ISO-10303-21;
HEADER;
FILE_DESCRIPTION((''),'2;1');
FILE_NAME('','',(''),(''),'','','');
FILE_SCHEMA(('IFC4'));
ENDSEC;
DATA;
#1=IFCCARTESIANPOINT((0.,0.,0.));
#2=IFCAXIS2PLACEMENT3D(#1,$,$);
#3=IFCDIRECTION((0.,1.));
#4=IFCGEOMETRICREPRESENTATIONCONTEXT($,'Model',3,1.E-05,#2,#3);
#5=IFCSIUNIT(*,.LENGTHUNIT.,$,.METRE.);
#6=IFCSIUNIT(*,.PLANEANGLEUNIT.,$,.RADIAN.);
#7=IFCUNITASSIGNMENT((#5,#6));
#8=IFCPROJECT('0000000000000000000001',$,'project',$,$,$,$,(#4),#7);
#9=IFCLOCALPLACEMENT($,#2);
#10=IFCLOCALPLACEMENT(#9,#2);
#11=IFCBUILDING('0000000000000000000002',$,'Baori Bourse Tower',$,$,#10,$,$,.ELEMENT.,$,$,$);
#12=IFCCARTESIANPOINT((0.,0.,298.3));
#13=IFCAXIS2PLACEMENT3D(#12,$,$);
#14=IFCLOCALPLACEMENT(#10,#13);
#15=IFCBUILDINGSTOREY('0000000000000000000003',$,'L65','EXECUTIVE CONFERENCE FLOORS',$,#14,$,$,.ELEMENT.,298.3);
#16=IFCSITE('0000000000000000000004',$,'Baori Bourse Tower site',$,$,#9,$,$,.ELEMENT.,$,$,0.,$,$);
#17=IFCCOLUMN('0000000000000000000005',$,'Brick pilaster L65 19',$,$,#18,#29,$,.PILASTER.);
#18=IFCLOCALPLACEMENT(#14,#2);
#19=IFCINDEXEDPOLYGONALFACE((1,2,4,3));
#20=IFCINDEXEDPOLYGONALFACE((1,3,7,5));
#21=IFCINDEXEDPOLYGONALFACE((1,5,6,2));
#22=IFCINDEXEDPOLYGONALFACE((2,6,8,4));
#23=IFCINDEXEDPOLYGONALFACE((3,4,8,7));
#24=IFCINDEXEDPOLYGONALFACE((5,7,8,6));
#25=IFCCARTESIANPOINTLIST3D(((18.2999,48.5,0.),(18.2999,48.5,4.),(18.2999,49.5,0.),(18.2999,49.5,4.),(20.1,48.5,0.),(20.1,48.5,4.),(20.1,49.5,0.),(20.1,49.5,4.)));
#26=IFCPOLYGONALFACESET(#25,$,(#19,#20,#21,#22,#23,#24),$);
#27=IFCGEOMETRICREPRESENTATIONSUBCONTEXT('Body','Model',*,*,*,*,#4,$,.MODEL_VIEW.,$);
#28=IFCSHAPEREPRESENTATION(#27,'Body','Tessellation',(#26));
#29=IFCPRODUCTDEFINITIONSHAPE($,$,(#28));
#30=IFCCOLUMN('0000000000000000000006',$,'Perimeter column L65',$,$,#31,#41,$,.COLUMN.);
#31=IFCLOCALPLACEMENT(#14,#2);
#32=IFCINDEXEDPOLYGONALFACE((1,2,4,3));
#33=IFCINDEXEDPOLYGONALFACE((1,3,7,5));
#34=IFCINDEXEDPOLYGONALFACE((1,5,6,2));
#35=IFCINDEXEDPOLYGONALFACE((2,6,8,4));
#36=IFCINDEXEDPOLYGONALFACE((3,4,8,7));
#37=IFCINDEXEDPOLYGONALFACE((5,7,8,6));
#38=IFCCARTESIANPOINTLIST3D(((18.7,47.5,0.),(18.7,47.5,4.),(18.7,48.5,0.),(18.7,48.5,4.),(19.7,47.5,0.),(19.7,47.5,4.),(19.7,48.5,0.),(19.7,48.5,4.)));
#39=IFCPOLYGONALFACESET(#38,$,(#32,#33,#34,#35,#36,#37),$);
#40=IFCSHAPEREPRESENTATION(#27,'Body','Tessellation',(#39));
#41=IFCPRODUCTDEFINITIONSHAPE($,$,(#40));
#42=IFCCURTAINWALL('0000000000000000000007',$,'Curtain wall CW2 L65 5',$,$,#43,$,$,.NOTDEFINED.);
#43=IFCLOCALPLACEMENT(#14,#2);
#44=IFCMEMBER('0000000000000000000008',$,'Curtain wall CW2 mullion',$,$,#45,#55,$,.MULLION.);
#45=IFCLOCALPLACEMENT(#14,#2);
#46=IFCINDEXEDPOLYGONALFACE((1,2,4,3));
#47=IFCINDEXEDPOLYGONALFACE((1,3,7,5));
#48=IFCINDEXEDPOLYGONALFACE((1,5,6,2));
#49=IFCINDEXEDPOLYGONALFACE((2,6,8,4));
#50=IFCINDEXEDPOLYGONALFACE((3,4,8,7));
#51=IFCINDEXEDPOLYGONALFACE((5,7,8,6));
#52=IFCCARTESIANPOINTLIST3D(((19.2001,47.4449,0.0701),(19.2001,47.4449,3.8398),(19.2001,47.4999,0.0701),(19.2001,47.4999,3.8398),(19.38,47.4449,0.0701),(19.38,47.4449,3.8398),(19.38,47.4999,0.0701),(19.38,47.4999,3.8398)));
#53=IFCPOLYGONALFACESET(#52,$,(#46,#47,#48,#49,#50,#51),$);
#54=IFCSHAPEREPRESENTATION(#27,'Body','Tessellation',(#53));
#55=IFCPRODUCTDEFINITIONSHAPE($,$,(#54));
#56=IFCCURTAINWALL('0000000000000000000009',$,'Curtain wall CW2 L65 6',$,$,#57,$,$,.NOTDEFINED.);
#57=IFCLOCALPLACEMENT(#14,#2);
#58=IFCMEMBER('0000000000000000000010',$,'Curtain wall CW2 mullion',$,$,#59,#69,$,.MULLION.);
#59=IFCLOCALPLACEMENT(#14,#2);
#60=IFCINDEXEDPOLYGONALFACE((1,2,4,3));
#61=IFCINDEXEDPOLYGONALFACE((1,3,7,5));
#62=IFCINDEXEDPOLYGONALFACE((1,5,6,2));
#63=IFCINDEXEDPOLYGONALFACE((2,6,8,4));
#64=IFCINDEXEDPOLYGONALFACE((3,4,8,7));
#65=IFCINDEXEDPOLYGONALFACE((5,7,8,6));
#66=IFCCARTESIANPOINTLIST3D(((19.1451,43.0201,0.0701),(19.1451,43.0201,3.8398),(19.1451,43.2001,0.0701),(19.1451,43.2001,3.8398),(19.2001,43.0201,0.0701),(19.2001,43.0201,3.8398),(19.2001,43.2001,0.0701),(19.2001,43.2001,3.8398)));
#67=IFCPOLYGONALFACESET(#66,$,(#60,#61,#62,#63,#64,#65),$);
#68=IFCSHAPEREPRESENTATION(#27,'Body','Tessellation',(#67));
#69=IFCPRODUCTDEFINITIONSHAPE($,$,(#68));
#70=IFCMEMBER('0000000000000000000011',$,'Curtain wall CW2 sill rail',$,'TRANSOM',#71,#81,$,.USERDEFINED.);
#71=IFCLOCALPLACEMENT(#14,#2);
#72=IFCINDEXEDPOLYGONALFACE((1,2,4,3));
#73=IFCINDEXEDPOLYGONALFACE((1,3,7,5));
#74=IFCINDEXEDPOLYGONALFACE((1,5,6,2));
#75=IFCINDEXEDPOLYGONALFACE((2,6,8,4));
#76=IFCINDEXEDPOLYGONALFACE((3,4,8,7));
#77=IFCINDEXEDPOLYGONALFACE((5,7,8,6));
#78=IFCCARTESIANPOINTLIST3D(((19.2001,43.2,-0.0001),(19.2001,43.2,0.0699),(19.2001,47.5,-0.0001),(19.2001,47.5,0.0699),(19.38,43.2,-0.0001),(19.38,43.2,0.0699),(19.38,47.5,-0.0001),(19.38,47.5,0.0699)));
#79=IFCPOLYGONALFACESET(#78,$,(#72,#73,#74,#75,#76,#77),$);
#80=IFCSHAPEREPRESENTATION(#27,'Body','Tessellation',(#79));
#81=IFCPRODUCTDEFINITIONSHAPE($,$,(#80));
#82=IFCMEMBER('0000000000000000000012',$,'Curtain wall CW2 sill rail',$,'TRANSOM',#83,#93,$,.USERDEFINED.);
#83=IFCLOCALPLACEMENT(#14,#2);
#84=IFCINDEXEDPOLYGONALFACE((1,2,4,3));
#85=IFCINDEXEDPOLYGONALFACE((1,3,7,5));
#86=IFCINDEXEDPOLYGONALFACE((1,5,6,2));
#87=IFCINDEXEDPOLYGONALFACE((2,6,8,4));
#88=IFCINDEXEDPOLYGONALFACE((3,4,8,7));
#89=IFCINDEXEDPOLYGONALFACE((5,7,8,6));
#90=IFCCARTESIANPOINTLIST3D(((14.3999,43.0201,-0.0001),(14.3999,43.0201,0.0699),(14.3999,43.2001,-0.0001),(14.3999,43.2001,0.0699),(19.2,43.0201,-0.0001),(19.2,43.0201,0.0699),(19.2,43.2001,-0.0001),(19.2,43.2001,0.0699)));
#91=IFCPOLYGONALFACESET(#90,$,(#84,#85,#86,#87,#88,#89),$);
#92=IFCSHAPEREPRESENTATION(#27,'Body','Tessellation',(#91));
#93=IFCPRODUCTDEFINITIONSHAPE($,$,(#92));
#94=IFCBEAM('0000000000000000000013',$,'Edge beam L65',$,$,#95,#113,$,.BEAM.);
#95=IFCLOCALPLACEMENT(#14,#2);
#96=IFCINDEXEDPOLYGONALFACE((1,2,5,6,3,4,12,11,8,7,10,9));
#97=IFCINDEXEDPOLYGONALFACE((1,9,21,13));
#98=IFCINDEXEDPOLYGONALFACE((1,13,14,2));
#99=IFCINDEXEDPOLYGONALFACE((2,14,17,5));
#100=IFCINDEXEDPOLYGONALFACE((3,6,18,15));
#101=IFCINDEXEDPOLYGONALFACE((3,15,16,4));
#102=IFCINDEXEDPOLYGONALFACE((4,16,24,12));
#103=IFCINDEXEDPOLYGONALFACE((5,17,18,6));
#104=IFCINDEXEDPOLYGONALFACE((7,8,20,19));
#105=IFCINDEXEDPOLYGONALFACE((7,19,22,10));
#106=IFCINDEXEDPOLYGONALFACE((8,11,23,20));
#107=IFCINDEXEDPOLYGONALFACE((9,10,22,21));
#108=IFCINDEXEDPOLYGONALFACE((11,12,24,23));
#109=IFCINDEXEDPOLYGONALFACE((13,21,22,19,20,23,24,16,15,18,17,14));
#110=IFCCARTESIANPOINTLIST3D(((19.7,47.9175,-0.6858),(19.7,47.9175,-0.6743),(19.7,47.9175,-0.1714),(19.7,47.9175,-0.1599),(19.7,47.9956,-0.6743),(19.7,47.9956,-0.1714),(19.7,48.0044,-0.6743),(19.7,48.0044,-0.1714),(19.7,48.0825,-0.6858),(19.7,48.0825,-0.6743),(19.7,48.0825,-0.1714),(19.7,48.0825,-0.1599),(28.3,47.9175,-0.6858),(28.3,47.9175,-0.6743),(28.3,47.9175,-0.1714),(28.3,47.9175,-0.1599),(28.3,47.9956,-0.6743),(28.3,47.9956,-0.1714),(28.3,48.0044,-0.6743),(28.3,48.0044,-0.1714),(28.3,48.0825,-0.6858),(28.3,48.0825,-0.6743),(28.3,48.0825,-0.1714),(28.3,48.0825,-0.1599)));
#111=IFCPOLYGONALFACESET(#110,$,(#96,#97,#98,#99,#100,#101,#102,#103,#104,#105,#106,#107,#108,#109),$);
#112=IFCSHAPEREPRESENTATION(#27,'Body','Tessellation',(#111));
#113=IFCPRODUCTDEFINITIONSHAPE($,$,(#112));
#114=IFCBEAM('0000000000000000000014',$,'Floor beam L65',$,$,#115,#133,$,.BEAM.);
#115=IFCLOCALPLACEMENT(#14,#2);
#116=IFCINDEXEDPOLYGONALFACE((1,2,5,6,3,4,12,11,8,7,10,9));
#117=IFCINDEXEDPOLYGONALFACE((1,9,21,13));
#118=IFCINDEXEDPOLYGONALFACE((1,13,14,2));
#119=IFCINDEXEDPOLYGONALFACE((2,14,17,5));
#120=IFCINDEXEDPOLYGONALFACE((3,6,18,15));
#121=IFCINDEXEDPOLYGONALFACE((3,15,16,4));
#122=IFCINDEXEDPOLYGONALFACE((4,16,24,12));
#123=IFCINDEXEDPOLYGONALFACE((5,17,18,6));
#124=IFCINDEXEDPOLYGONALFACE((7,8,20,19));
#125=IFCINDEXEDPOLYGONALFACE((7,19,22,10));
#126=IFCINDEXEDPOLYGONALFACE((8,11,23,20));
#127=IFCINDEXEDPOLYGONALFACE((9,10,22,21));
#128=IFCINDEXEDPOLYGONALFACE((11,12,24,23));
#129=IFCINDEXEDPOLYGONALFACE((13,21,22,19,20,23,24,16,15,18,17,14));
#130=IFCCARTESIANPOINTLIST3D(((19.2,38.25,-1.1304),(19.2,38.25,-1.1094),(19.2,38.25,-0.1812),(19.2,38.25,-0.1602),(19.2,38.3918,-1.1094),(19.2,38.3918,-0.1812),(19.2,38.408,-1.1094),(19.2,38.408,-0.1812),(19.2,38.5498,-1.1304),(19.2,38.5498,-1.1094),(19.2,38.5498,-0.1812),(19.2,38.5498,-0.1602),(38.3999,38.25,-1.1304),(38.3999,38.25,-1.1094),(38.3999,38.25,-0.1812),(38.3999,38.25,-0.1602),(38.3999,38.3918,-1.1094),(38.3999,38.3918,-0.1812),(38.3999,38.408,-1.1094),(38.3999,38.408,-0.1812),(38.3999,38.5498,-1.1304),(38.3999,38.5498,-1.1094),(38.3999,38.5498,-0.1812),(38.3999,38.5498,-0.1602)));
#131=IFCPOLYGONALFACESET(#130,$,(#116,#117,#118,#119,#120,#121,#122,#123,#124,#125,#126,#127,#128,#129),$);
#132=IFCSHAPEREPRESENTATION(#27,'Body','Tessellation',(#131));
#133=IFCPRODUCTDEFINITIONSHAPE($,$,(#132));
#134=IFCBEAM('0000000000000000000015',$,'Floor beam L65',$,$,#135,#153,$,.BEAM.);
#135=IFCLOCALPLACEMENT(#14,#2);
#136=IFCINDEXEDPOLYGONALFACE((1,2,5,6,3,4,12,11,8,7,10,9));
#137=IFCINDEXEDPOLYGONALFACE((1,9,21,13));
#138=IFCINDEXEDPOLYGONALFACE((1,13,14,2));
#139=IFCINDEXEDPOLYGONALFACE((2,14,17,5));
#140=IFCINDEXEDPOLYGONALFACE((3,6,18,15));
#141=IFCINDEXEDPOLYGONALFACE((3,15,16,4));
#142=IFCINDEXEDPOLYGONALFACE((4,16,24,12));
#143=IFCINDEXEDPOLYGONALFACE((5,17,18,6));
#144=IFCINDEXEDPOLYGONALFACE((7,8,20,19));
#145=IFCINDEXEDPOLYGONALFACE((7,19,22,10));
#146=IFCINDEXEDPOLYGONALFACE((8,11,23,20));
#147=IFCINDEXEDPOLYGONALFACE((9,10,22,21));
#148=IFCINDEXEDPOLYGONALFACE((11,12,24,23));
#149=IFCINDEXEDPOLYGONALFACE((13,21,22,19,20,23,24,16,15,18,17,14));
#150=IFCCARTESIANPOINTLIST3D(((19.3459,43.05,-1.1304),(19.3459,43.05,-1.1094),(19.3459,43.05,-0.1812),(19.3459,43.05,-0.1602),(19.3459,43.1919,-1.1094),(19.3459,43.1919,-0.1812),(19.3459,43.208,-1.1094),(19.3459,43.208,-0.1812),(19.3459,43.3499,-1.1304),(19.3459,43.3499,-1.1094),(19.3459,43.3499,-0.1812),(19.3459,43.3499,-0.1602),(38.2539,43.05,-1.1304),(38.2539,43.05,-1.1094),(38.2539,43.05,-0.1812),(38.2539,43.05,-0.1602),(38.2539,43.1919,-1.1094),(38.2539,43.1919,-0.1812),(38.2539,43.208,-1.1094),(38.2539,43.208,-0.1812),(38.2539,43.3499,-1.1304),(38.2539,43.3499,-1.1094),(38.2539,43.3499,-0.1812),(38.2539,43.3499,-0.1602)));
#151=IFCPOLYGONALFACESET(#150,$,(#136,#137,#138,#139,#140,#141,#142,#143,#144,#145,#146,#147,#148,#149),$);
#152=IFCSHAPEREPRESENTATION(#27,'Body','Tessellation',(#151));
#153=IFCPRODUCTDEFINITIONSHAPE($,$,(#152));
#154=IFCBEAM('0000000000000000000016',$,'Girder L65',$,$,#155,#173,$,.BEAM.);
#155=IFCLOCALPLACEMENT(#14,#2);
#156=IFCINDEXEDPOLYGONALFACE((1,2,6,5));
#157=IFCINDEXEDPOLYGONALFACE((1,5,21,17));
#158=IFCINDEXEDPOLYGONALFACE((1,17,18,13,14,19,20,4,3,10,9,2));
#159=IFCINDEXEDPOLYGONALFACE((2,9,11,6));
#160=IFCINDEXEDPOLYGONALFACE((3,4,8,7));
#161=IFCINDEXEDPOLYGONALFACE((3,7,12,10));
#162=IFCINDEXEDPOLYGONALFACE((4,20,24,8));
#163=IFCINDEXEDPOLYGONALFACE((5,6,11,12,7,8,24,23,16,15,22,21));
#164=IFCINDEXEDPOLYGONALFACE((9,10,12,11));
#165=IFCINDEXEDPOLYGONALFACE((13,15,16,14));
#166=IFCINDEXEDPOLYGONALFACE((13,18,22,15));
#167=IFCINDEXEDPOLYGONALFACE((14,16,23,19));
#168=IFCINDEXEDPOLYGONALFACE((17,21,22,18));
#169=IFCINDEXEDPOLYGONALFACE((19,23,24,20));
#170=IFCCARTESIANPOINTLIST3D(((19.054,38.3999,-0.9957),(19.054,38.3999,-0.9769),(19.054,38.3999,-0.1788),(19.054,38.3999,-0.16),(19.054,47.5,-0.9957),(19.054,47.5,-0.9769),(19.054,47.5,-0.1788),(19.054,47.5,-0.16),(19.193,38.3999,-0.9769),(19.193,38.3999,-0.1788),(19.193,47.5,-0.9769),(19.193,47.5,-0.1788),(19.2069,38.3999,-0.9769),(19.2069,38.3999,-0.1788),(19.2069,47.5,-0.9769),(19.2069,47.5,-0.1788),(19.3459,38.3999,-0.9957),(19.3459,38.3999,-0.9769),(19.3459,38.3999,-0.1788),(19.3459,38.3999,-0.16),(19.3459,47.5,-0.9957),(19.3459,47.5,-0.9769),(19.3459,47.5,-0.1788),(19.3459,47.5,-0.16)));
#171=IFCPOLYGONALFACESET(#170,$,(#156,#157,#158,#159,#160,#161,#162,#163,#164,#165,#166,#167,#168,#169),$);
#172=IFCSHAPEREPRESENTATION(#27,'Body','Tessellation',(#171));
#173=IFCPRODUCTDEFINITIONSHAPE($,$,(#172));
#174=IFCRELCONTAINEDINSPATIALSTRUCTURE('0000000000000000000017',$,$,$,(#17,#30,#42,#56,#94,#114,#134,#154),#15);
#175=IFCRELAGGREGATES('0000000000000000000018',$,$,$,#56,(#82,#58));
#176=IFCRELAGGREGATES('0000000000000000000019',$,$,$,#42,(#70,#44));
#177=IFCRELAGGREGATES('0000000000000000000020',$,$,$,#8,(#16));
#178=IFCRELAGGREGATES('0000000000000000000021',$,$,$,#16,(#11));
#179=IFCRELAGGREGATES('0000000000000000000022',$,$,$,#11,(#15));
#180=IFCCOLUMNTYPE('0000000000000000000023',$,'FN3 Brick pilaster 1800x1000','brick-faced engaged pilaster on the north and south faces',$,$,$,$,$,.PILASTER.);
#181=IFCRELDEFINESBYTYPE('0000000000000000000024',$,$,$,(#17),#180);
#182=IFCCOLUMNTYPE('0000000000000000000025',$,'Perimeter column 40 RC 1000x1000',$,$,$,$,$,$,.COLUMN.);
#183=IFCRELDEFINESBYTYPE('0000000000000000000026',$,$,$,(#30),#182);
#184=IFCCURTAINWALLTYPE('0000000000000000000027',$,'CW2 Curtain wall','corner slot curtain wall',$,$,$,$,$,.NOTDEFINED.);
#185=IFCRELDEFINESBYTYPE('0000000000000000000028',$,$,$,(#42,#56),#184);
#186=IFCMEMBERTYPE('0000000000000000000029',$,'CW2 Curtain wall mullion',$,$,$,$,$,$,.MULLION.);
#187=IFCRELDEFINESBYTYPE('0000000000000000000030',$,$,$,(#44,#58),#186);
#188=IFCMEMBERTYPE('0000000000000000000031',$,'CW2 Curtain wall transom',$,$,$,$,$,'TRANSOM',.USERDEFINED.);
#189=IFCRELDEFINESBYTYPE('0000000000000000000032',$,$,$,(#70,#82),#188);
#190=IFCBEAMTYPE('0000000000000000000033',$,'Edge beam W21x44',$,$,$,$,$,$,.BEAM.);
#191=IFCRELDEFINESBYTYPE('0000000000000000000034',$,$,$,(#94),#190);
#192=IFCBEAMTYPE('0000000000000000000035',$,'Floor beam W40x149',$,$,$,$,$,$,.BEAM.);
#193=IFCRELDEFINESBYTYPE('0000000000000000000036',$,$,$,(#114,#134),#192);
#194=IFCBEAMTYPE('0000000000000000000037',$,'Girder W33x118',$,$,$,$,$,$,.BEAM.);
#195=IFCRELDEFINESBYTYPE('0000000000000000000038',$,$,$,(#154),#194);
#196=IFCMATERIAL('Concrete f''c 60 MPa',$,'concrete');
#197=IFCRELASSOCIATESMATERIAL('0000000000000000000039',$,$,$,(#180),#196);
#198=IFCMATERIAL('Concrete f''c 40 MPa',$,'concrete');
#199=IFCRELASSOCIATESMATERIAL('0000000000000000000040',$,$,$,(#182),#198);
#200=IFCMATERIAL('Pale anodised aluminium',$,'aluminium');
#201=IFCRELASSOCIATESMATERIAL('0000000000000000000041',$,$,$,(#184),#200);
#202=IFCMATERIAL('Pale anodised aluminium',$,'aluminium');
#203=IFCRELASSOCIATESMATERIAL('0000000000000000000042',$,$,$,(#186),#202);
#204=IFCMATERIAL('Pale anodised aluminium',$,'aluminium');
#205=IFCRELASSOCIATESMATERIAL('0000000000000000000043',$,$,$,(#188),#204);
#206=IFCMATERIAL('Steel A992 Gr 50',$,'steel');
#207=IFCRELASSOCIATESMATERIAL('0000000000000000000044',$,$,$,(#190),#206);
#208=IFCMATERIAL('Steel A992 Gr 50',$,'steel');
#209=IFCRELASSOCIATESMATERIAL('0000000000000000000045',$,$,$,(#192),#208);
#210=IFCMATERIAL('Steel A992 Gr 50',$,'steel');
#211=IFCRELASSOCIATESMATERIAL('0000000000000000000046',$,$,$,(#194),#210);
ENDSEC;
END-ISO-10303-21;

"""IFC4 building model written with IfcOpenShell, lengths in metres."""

from ifc_helpers import new_model, si_unit, direction, frame, origin, origin_2d, place, context, subcontext, project, spatial, rectangle, i_section, extrude, material, material_profile, profile_set, type_object, element, aggregate, save


model = new_model("IFC4")

# Units and contexts
model_context = context("Model", 3, precision=1e-05, world=origin(), true_north=direction((0.0, 1.0)))
body_context = subcontext(model_context, "Body", "Model", "MODEL_VIEW")
ifc_project = project(units=[si_unit("LENGTHUNIT", "METRE"), si_unit("PLANEANGLEUNIT", "RADIAN")], contexts=[model_context])

# Site, building, storey
site_placement = place(None, origin())
site = spatial("IfcSite", under=ifc_project, at=site_placement, Name="Baori Bourse Tower site", CompositionType="ELEMENT", RefElevation=0.0)
building_placement = place(site_placement, origin())
building = spatial("IfcBuilding", under=site, at=building_placement, Name="Baori Bourse Tower", CompositionType="ELEMENT")
storey_placement = place(building_placement, frame((0.0, 0.0, 298.3)))
storey = spatial("IfcBuildingStorey", under=building, at=storey_placement, Name="L65", Description="EXECUTIVE CONFERENCE FLOORS", CompositionType="ELEMENT", Elevation=298.3)

# Columns
ifc_material_1 = material(Name="Concrete f'c 60 MPa", Category="concrete")
ifc_material_profile_1 = material_profile(ifc_material_1, rectangle(XDim=1.8, YDim=1.0, at=origin_2d()), Name="RC 1800x1000")
ifc_profile_set_1 = profile_set([ifc_material_profile_1], Name="Concrete f'c 60 MPa")
column_type_1 = type_object("IfcColumnType", Name="FN3 Brick pilaster 1800x1000", Description="brick-faced engaged pilaster on the north and south faces", PredefinedType="PILASTER", material=ifc_profile_set_1)
column_1_placement = place(storey_placement, frame((19.2, 49.0, 0.0), z_axis=(0.0, 0.0, 1.0), x_axis=(1.0, 0.0, 0.0)))
element("IfcColumn", 1, at=column_1_placement, inside=storey, type_object=column_type_1, Name="Brick pilaster L65 19", PredefinedType="PILASTER", context=body_context, shape_type="SweptSolid", body=[
    extrude(rectangle(XDim=1.8, YDim=1.0, at=origin_2d()), origin(), (0.0, 0.0, 1.0), 4.0),
])
ifc_material_2 = material(Name="Concrete f'c 40 MPa", Category="concrete")
ifc_material_profile_2 = material_profile(ifc_material_2, rectangle(XDim=1.0, YDim=1.0, at=origin_2d()), Name="RC 1000x1000")
ifc_profile_set_2 = profile_set([ifc_material_profile_2], Name="Concrete f'c 40 MPa")
column_type_2 = type_object("IfcColumnType", Name="Perimeter column 40 RC 1000x1000", PredefinedType="COLUMN", material=ifc_profile_set_2)
column_2_placement = place(storey_placement, frame((19.2, 48.0, 0.0), z_axis=(0.0, 0.0, 1.0), x_axis=(1.0, 0.0, 0.0)))
element("IfcColumn", 2, at=column_2_placement, inside=storey, type_object=column_type_2, Name="Perimeter column L65", PredefinedType="COLUMN", context=body_context, shape_type="SweptSolid", body=[
    extrude(rectangle(XDim=1.0, YDim=1.0, at=origin_2d()), origin(), (0.0, 0.0, 1.0), 4.0),
])

# Curtain walls, members
ifc_material_3 = material(Name="Pale anodised aluminium", Category="aluminium")
curtain_wall_type = type_object("IfcCurtainWallType", Name="CW2 Curtain wall", Description="corner slot curtain wall", PredefinedType="NOTDEFINED", material=ifc_material_3)
curtain_wall_1_placement = place(storey_placement, origin())
curtain_wall_1 = element("IfcCurtainWall", 3, at=curtain_wall_1_placement, inside=storey, type_object=curtain_wall_type, Name="Curtain wall CW2 L65 5", PredefinedType="NOTDEFINED")
ifc_material_4 = material(Name="Pale anodised aluminium", Category="aluminium")
ifc_material_profile_3 = material_profile(ifc_material_4, rectangle(XDim=0.1799, YDim=0.0549, at=origin_2d()), Name="Mullion 55x180")
ifc_profile_set_3 = profile_set([ifc_material_profile_3], Name="Pale anodised aluminium")
member_type_1 = type_object("IfcMemberType", Name="CW2 Curtain wall mullion", PredefinedType="MULLION", material=ifc_profile_set_3)
member_1_placement = place(storey_placement, frame((19.29, 47.4724, 0.0701), z_axis=(0.0, 0.0, 1.0), x_axis=(1.0, 0.0, 0.0)))
member_1 = element("IfcMember", 4, at=member_1_placement, type_object=member_type_1, Name="Curtain wall CW2 mullion", PredefinedType="MULLION", context=body_context, shape_type="SweptSolid", body=[
    extrude(rectangle(XDim=0.1799, YDim=0.0549, at=origin_2d()), origin(), (0.0, 0.0, 1.0), 3.7698),
])
curtain_wall_2_placement = place(storey_placement, origin())
curtain_wall_2 = element("IfcCurtainWall", 5, at=curtain_wall_2_placement, inside=storey, type_object=curtain_wall_type, Name="Curtain wall CW2 L65 6", PredefinedType="NOTDEFINED")
member_2_placement = place(storey_placement, frame((19.1726, 43.1101, 0.0701), z_axis=(0.0, 0.0, 1.0), x_axis=(0.0, -1.0, 0.0)))
member_2 = element("IfcMember", 6, at=member_2_placement, type_object=member_type_1, Name="Curtain wall CW2 mullion", PredefinedType="MULLION", context=body_context, shape_type="SweptSolid", body=[
    extrude(rectangle(XDim=0.1799, YDim=0.0549, at=origin_2d()), origin(), (0.0, 0.0, 1.0), 3.7698),
])

# Members
ifc_material_5 = material(Name="Pale anodised aluminium", Category="aluminium")
ifc_material_profile_4 = material_profile(ifc_material_5, rectangle(XDim=0.1799, YDim=0.0701, at=origin_2d()), Name="Transom 70x180")
ifc_profile_set_4 = profile_set([ifc_material_profile_4], Name="Pale anodised aluminium")
member_type_2 = type_object("IfcMemberType", Name="CW2 Curtain wall transom", ElementType="TRANSOM", PredefinedType="USERDEFINED", material=ifc_profile_set_4)
member_3_placement = place(storey_placement, frame((19.29, 47.5, 0.0349), z_axis=(0.0, -1.0, 0.0), x_axis=(1.0, 0.0, 0.0)))
member_3 = element("IfcMember", 7, at=member_3_placement, type_object=member_type_2, Name="Curtain wall CW2 sill rail", ObjectType="TRANSOM", PredefinedType="USERDEFINED", context=body_context, shape_type="SweptSolid", body=[
    extrude(rectangle(XDim=0.1799, YDim=0.0701, at=origin_2d()), origin(), (0.0, 0.0, 1.0), 4.3),
])
member_4_placement = place(storey_placement, frame((19.2, 43.1101, 0.0349), z_axis=(-1.0, 0.0, 0.0), x_axis=(0.0, -1.0, 0.0)))
member_4 = element("IfcMember", 8, at=member_4_placement, type_object=member_type_2, Name="Curtain wall CW2 sill rail", ObjectType="TRANSOM", PredefinedType="USERDEFINED", context=body_context, shape_type="SweptSolid", body=[
    extrude(rectangle(XDim=0.1799, YDim=0.0701, at=origin_2d()), origin(), (0.0, 0.0, 1.0), 4.8),
])
aggregate(curtain_wall_2, [member_4, member_2])

# Beams
ifc_material_6 = material(Name="Steel A992 Gr 50", Category="steel")
ifc_material_profile_5 = material_profile(ifc_material_6, i_section(OverallWidth=0.165, OverallDepth=0.5259, WebThickness=0.0088, FlangeThickness=0.0115, at=origin_2d()), Name="W21x44")
ifc_profile_set_5 = profile_set([ifc_material_profile_5], Name="Steel A992 Gr 50")
beam_type_1 = type_object("IfcBeamType", Name="Edge beam W21x44", PredefinedType="BEAM", material=ifc_profile_set_5)
beam_1_placement = place(storey_placement, frame((19.7, 48.0, -0.4229), z_axis=(1.0, 0.0, 0.0), x_axis=(0.0, 1.0, 0.0)))
element("IfcBeam", 9, at=beam_1_placement, inside=storey, type_object=beam_type_1, Name="Edge beam L65", PredefinedType="BEAM", context=body_context, shape_type="SweptSolid", body=[
    extrude(i_section(OverallWidth=0.165, OverallDepth=0.5259, WebThickness=0.0088, FlangeThickness=0.0115, at=origin_2d()), origin(), (0.0, 0.0, 1.0), 8.6001),
])
ifc_material_7 = material(Name="Steel A992 Gr 50", Category="steel")
ifc_material_profile_6 = material_profile(ifc_material_7, i_section(OverallWidth=0.2998, OverallDepth=0.9702, WebThickness=0.0161, FlangeThickness=0.021, at=origin_2d()), Name="W40x149")
ifc_profile_set_6 = profile_set([ifc_material_profile_6], Name="Steel A992 Gr 50")
beam_type_2 = type_object("IfcBeamType", Name="Floor beam W40x149", PredefinedType="BEAM", material=ifc_profile_set_6)
beam_2_placement = place(storey_placement, frame((19.2, 38.3999, -0.6453), z_axis=(1.0, 0.0, 0.0), x_axis=(0.0, 1.0, 0.0)))
element("IfcBeam", 10, at=beam_2_placement, inside=storey, type_object=beam_type_2, Name="Floor beam L65", PredefinedType="BEAM", context=body_context, shape_type="SweptSolid", body=[
    extrude(i_section(OverallWidth=0.2998, OverallDepth=0.9702, WebThickness=0.0161, FlangeThickness=0.021, at=origin_2d()), origin(), (0.0, 0.0, 1.0), 19.2),
])
beam_3_placement = place(storey_placement, frame((19.3459, 43.2, -0.6453), z_axis=(1.0, 0.0, 0.0), x_axis=(0.0, 1.0, 0.0)))
element("IfcBeam", 11, at=beam_3_placement, inside=storey, type_object=beam_type_2, Name="Floor beam L65", PredefinedType="BEAM", context=body_context, shape_type="SweptSolid", body=[
    extrude(i_section(OverallWidth=0.2998, OverallDepth=0.9702, WebThickness=0.0161, FlangeThickness=0.021, at=origin_2d()), origin(), (0.0, 0.0, 1.0), 18.908),
])
ifc_material_8 = material(Name="Steel A992 Gr 50", Category="steel")
ifc_material_profile_7 = material_profile(ifc_material_8, i_section(OverallWidth=0.292, OverallDepth=0.8357, WebThickness=0.0139, FlangeThickness=0.0188, at=origin_2d()), Name="W33x118")
ifc_profile_set_7 = profile_set([ifc_material_profile_7], Name="Steel A992 Gr 50")
beam_type_3 = type_object("IfcBeamType", Name="Girder W33x118", PredefinedType="BEAM", material=ifc_profile_set_7)
beam_4_placement = place(storey_placement, frame((19.2, 38.3999, -0.5779), z_axis=(0.0, 1.0, 0.0), x_axis=(-1.0, 0.0, 0.0)))
element("IfcBeam", 12, at=beam_4_placement, inside=storey, type_object=beam_type_3, Name="Girder L65", PredefinedType="BEAM", context=body_context, shape_type="SweptSolid", body=[
    extrude(i_section(OverallWidth=0.292, OverallDepth=0.8357, WebThickness=0.0139, FlangeThickness=0.0188, at=origin_2d()), origin(), (0.0, 0.0, 1.0), 9.1001),
])

aggregate(curtain_wall_1, [member_3, member_1])

save(model, "model.ifc")
